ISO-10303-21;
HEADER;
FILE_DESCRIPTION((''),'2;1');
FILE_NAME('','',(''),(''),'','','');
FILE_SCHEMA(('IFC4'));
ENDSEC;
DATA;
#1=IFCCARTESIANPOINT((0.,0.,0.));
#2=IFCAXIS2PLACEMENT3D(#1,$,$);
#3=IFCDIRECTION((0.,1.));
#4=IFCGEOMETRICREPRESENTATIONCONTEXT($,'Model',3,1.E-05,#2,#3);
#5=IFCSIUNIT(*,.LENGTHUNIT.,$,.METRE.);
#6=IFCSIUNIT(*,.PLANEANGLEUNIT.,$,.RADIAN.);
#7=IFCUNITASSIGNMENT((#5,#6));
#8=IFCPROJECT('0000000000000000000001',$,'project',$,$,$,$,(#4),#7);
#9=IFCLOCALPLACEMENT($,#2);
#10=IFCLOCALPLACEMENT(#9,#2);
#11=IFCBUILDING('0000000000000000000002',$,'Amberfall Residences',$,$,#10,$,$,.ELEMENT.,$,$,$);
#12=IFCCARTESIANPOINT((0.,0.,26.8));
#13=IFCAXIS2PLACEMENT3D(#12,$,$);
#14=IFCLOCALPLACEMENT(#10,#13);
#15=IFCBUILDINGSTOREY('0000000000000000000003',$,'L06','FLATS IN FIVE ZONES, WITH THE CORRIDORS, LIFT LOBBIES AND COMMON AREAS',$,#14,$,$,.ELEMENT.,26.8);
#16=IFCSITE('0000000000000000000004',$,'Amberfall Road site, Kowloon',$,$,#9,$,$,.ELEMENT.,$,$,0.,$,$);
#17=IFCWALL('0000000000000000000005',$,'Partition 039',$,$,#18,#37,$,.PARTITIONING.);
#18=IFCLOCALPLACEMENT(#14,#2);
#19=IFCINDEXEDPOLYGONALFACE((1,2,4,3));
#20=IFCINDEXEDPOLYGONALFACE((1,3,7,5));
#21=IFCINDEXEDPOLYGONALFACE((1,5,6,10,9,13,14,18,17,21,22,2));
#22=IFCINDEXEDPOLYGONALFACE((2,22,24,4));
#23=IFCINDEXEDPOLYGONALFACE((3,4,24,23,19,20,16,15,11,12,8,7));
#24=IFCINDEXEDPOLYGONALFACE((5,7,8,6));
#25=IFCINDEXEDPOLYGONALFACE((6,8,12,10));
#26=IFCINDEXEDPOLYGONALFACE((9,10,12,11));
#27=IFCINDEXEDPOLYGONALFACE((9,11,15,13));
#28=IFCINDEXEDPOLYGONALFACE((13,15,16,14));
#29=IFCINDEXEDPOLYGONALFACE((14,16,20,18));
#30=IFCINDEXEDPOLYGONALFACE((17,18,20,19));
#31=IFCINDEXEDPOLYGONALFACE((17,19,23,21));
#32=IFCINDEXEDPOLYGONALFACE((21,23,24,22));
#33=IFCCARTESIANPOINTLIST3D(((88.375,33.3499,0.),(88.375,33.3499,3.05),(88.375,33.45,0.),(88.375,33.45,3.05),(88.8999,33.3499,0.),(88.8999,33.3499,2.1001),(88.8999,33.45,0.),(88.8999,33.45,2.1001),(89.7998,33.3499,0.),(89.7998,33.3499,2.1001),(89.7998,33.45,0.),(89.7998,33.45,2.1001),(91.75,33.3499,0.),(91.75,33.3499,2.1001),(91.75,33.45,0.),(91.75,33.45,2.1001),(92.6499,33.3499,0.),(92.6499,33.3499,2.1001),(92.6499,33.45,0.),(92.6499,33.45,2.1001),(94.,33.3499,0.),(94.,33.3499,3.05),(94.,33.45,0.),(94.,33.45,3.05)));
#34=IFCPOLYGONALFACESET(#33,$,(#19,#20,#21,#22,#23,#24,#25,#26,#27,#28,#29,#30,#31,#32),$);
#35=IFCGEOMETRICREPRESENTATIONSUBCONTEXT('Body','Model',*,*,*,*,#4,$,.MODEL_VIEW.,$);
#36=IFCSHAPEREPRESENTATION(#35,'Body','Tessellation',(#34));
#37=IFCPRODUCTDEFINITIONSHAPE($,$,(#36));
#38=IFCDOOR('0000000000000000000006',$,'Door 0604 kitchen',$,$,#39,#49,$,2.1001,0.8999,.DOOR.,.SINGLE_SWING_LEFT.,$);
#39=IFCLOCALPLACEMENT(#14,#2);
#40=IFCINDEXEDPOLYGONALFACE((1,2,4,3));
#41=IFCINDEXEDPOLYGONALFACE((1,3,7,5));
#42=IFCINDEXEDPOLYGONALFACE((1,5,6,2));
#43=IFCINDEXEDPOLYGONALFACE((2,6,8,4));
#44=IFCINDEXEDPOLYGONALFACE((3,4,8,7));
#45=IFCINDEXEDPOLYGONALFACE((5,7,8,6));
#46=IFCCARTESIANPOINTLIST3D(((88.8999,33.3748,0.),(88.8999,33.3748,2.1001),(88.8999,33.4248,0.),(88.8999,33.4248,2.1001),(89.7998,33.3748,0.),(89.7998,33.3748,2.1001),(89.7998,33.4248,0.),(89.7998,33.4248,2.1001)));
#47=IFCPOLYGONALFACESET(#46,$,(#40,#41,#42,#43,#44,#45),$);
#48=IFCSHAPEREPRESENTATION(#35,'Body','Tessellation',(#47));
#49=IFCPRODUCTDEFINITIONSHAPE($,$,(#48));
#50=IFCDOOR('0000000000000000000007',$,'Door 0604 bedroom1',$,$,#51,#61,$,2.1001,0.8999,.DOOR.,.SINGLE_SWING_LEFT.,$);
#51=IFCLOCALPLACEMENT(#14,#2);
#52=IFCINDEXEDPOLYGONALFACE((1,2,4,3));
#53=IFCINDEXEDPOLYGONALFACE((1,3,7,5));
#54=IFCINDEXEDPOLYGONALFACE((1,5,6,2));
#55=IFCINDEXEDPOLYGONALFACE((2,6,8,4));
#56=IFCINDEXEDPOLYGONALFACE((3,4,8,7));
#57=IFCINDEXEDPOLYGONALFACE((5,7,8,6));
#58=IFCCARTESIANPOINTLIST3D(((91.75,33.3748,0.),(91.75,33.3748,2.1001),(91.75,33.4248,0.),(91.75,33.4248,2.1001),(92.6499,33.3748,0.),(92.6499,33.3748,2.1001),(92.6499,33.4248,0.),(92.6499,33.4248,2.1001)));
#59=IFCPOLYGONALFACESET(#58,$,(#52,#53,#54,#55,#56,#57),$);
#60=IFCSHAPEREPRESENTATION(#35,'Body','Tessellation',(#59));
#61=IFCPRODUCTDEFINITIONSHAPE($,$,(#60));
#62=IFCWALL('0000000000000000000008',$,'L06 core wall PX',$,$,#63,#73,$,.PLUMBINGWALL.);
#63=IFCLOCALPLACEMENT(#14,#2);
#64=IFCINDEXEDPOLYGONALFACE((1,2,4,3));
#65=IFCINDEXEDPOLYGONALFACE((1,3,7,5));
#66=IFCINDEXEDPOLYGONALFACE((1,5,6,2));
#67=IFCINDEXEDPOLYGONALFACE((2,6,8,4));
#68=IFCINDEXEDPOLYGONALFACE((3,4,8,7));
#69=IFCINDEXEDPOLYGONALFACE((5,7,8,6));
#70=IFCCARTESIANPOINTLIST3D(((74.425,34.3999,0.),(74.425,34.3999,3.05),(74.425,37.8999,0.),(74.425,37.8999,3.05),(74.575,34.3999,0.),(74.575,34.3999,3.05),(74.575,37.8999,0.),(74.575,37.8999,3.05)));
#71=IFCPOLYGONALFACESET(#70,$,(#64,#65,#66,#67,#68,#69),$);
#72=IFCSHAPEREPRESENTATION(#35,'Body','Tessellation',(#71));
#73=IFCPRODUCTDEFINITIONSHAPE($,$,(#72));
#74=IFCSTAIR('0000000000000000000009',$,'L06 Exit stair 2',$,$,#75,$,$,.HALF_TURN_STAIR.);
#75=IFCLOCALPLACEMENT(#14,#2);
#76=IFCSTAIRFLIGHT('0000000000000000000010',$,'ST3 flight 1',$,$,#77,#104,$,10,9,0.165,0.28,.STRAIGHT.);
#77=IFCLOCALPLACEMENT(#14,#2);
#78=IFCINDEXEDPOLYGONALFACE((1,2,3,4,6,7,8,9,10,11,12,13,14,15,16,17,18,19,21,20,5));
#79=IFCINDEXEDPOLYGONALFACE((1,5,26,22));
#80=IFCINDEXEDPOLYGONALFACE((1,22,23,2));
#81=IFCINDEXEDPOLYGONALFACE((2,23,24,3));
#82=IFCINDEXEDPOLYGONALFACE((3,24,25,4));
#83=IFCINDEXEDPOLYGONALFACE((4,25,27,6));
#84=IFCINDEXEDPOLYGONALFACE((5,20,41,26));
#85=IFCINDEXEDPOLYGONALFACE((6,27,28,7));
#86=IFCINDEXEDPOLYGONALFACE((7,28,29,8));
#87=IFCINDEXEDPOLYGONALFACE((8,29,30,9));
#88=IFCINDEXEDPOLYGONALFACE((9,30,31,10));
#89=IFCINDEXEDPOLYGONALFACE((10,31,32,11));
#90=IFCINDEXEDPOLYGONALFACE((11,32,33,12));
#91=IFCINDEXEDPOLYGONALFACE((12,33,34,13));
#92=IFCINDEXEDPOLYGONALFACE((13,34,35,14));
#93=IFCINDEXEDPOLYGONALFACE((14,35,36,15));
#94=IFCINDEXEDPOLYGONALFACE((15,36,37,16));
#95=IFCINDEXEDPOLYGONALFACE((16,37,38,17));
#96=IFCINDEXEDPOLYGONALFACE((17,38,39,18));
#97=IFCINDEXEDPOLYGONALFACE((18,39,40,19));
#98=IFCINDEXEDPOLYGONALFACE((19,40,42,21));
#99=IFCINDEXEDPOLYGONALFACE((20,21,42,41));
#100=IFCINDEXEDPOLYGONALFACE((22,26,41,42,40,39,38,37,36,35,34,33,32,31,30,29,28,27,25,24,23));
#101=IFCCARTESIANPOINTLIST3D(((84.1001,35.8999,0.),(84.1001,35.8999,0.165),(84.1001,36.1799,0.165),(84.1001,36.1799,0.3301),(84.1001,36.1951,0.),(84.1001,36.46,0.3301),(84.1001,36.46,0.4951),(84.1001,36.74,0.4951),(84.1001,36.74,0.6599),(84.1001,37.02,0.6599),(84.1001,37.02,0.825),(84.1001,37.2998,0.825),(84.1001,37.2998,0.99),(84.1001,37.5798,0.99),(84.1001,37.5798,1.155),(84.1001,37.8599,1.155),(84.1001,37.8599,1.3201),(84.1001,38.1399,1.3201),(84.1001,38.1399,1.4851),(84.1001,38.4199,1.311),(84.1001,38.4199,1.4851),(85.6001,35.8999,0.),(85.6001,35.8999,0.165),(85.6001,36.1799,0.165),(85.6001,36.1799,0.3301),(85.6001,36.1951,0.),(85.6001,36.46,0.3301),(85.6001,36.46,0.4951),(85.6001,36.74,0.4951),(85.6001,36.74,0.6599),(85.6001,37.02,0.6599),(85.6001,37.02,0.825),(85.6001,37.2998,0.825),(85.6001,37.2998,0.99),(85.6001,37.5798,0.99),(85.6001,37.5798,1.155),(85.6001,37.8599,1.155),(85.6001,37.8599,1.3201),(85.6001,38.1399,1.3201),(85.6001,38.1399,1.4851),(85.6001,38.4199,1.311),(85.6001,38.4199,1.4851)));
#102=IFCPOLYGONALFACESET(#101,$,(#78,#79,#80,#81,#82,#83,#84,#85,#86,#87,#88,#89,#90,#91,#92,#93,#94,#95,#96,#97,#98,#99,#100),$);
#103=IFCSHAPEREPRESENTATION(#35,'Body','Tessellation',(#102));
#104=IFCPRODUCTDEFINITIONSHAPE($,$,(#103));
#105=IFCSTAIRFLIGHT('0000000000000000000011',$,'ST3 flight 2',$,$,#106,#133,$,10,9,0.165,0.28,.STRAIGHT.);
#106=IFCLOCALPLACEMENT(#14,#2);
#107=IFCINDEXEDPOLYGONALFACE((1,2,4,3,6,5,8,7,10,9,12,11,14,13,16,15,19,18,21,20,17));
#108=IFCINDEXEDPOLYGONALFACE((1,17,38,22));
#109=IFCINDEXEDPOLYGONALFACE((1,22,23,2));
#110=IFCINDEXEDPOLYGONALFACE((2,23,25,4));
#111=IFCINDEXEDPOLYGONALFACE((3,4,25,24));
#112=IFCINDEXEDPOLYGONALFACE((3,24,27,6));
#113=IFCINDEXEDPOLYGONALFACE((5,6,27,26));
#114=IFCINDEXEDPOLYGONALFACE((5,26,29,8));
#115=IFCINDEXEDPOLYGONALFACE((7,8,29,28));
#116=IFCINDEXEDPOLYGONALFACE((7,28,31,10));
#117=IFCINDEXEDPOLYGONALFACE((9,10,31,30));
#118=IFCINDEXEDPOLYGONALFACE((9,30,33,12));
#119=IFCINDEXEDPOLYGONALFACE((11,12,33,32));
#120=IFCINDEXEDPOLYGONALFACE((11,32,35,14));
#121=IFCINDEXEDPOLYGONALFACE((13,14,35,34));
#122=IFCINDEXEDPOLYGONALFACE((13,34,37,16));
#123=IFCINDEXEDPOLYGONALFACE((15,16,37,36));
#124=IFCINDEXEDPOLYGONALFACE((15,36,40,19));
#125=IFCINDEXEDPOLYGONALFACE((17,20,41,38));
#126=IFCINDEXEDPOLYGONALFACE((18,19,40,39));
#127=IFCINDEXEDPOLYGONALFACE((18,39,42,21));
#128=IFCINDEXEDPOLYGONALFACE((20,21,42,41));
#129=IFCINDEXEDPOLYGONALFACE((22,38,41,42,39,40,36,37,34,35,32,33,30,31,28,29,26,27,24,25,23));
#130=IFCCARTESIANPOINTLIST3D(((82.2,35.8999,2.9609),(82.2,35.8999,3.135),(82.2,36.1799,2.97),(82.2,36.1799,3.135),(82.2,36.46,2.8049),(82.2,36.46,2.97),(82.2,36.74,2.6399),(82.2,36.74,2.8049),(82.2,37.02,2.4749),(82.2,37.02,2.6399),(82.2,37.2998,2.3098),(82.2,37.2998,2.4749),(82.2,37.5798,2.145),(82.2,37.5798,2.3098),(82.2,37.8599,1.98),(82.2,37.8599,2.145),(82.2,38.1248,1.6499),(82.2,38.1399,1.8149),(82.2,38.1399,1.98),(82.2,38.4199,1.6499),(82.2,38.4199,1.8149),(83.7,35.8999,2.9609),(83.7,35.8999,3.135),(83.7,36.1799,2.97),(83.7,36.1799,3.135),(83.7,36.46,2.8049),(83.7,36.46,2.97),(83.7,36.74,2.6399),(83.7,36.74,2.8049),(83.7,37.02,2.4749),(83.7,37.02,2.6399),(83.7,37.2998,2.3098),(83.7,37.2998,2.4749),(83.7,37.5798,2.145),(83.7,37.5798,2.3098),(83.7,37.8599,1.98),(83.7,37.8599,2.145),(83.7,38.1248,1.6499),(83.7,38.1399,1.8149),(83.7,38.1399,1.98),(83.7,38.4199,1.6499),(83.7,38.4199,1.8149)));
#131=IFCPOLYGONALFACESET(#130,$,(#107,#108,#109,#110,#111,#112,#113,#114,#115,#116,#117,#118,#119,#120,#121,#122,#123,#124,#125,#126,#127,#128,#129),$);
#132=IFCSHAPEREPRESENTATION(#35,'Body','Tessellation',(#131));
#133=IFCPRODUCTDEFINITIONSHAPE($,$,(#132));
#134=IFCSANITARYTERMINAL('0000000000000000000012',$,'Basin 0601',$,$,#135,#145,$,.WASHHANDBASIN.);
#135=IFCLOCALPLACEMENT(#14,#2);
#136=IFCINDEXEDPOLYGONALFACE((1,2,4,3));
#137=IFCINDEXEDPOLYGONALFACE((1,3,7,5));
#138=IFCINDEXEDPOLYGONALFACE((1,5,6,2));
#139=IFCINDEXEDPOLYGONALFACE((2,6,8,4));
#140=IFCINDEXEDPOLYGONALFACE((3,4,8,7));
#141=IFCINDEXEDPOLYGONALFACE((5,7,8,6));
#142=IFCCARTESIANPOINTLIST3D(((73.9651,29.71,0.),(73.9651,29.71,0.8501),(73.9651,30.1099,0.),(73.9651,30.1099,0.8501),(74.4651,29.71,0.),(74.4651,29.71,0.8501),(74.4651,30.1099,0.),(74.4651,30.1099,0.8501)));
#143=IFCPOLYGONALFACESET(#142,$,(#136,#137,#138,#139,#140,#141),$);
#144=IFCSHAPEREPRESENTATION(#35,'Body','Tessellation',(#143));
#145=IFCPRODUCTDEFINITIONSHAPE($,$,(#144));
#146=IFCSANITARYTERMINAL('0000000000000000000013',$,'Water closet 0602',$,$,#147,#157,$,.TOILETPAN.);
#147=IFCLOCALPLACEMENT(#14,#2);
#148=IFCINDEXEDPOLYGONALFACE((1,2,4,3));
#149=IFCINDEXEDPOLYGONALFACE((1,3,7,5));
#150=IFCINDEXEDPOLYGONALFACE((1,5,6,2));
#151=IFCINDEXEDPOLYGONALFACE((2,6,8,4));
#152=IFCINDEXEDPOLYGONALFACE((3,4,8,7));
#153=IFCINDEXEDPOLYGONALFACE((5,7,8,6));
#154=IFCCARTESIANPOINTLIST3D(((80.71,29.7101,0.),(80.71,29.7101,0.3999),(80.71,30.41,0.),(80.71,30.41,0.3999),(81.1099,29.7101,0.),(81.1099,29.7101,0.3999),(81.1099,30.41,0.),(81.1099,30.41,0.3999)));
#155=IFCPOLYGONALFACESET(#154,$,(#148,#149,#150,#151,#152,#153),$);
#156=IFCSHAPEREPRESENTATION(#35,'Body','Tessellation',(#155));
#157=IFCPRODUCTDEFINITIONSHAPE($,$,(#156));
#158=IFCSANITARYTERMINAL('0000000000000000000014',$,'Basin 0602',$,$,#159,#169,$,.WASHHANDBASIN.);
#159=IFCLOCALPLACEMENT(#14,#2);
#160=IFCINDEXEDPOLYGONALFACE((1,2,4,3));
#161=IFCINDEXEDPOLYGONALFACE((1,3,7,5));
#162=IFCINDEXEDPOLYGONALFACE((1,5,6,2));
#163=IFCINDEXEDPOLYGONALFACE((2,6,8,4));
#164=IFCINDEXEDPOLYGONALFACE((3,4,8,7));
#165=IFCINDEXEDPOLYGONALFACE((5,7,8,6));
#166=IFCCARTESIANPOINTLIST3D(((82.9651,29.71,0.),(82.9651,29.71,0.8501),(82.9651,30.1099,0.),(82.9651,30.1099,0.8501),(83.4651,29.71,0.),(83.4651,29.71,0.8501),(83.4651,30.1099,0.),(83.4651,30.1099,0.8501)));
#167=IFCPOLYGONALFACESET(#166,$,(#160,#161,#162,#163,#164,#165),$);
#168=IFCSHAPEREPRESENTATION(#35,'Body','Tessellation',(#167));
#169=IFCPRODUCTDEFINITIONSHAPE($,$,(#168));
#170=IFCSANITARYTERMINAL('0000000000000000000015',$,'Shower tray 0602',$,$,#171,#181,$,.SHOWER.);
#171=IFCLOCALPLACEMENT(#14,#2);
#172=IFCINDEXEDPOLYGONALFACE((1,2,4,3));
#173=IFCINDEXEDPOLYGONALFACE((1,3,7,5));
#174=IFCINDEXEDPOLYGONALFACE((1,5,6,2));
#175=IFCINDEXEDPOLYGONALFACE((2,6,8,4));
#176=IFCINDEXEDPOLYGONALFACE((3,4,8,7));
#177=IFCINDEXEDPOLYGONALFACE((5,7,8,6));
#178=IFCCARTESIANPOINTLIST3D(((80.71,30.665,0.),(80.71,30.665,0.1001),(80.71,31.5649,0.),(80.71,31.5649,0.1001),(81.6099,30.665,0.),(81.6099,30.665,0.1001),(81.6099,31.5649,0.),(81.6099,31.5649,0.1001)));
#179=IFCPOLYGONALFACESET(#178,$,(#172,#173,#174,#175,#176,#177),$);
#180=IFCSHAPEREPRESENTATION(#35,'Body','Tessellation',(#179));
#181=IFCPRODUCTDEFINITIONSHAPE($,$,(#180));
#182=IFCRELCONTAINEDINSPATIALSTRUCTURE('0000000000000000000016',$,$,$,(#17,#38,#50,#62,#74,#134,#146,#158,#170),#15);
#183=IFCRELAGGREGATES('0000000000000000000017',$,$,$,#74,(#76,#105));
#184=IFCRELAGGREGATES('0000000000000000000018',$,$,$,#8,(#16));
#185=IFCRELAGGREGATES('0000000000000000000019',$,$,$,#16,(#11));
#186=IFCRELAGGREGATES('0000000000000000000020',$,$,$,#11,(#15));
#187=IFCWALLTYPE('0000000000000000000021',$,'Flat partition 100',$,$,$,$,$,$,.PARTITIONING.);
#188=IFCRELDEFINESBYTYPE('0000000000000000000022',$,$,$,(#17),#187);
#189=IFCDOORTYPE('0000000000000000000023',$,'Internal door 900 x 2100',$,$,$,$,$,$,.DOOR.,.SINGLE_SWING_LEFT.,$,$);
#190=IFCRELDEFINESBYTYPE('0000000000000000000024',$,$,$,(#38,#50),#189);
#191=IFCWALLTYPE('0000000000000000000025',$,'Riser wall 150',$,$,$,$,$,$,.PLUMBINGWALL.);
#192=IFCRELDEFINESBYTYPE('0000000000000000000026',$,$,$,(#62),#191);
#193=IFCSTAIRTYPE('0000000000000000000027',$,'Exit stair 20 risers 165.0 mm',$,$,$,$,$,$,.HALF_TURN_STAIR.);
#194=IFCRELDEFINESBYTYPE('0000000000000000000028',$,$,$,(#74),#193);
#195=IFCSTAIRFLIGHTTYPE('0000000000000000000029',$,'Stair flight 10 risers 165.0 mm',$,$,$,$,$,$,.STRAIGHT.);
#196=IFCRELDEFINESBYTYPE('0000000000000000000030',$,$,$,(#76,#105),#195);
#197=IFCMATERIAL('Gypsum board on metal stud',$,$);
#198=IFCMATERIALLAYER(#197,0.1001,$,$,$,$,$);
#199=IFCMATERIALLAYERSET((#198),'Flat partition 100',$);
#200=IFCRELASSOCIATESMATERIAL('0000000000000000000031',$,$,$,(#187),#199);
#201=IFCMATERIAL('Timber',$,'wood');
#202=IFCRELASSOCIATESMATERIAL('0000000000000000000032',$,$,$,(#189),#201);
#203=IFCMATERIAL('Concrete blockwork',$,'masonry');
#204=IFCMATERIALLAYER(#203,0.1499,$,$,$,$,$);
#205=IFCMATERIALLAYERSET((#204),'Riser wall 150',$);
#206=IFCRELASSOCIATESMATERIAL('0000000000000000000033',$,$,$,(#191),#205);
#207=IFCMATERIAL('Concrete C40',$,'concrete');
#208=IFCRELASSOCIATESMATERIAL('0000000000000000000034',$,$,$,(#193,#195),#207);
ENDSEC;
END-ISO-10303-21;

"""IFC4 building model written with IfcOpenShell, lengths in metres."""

from ifc_helpers import new_model, si_unit, direction, frame, frame_2d, origin, origin_2d, place, context, subcontext, project, spatial, polyline, rectangle, outline, extrude, material, layer, layer_set, type_object, element, fill, aggregate, save


model = new_model("IFC4")

# Units and contexts
model_context = context("Model", 3, precision=1e-05, world=origin(), true_north=direction((0.0, 1.0)))
body_context = subcontext(model_context, "Body", "Model", "MODEL_VIEW")
ifc_project = project(units=[si_unit("LENGTHUNIT", "METRE"), si_unit("PLANEANGLEUNIT", "RADIAN")], contexts=[model_context])

# Site, building, storey
site_placement = place(None, origin())
site = spatial("IfcSite", under=ifc_project, at=site_placement, Name="Amberfall Road site, Kowloon", CompositionType="ELEMENT", RefElevation=0.0)
building_placement = place(site_placement, origin())
building = spatial("IfcBuilding", under=site, at=building_placement, Name="Amberfall Residences", CompositionType="ELEMENT")
storey_placement = place(building_placement, frame((0.0, 0.0, 26.8)))
storey = spatial("IfcBuildingStorey", under=building, at=storey_placement, Name="L06", Description="FLATS IN FIVE ZONES, WITH THE CORRIDORS, LIFT LOBBIES AND COMMON AREAS", CompositionType="ELEMENT", Elevation=26.8)

# Wall, openings, doors
ifc_material_1 = material(Name="Gypsum board on metal stud")
ifc_layer_1 = layer(ifc_material_1, 0.1001)
ifc_layer_set_1 = layer_set([ifc_layer_1], Name="Flat partition 100")
wall_type_1 = type_object("IfcWallType", Name="Flat partition 100", PredefinedType="PARTITIONING", material=ifc_layer_set_1)
ifc_material_2 = material(Name="Timber", Category="wood")
door_type_1 = type_object("IfcDoorType", Name="Internal door 900 x 2100", OperationType="SINGLE_SWING_LEFT", PredefinedType="DOOR", material=ifc_material_2)
wall_1_placement = place(storey_placement, frame((88.375, 33.3999, 0.0), z_axis=(0.0, 0.0, 1.0), x_axis=(1.0, 0.0, 0.0)))
wall_1 = element("IfcWall", 1, at=wall_1_placement, inside=storey, type_object=wall_type_1, Name="Partition 039", PredefinedType="PARTITIONING", context=body_context, shape_type="SweptSolid", body=[
    extrude(rectangle(XDim=5.625, YDim=0.1001, at=frame_2d((2.8125, 0.0))), origin(), (0.0, 0.0, 1.0), 3.05),
])
opening_1_placement = place(wall_1_placement, frame((0.5249, 0.0, 0.0)))
opening_1 = element("IfcOpeningElement", 2, at=opening_1_placement, cuts=wall_1, PredefinedType="OPENING", context=body_context, shape_type="SweptSolid", body=[
    extrude(rectangle(XDim=0.8999, YDim=2.1001, at=frame_2d((0.45, 1.05))), frame((0.0, 0.0601, 0.0), z_axis=(0.0, -1.0, 0.0), x_axis=(1.0, 0.0, 0.0)), (0.0, 0.0, 1.0), 0.1201),
])
opening_2_placement = place(wall_1_placement, frame((3.375, 0.0, 0.0)))
opening_2 = element("IfcOpeningElement", 3, at=opening_2_placement, cuts=wall_1, PredefinedType="OPENING", context=body_context, shape_type="SweptSolid", body=[
    extrude(rectangle(XDim=0.8999, YDim=2.1001, at=frame_2d((0.45, 1.05))), frame((0.0, 0.0601, 0.0), z_axis=(0.0, -1.0, 0.0), x_axis=(1.0, 0.0, 0.0)), (0.0, 0.0, 1.0), 0.1201),
])
door_1_placement = place(opening_1_placement, origin())
door_1 = element("IfcDoor", 4, at=door_1_placement, inside=storey, type_object=door_type_1, Name="Door 0604 kitchen", OperationType="SINGLE_SWING_LEFT", OverallHeight=2.1001, OverallWidth=0.8999, PredefinedType="DOOR", context=body_context, shape_type="SweptSolid", body=[
    extrude(rectangle(XDim=0.8999, YDim=2.1001, at=frame_2d((0.45, 1.05))), frame((0.0, 0.0249, 0.0), z_axis=(0.0, -1.0, 0.0), x_axis=(1.0, 0.0, 0.0)), (0.0, 0.0, 1.0), 0.05),
])
fill(opening_1, door_1)
door_2_placement = place(opening_2_placement, origin())
door_2 = element("IfcDoor", 5, at=door_2_placement, inside=storey, type_object=door_type_1, Name="Door 0604 bedroom1", OperationType="SINGLE_SWING_LEFT", OverallHeight=2.1001, OverallWidth=0.8999, PredefinedType="DOOR", context=body_context, shape_type="SweptSolid", body=[
    extrude(rectangle(XDim=0.8999, YDim=2.1001, at=frame_2d((0.45, 1.05))), frame((0.0, 0.0249, 0.0), z_axis=(0.0, -1.0, 0.0), x_axis=(1.0, 0.0, 0.0)), (0.0, 0.0, 1.0), 0.05),
])
fill(opening_2, door_2)

# Wall
ifc_material_3 = material(Name="Concrete blockwork", Category="masonry")
ifc_layer_2 = layer(ifc_material_3, 0.1499)
ifc_layer_set_2 = layer_set([ifc_layer_2], Name="Riser wall 150")
wall_type_2 = type_object("IfcWallType", Name="Riser wall 150", PredefinedType="PLUMBINGWALL", material=ifc_layer_set_2)
wall_2_placement = place(storey_placement, frame((74.5, 34.3999, 0.0), z_axis=(0.0, 0.0, 1.0), x_axis=(0.0, 1.0, 0.0)))
element("IfcWall", 6, at=wall_2_placement, inside=storey, type_object=wall_type_2, Name="L06 core wall PX", PredefinedType="PLUMBINGWALL", context=body_context, shape_type="SweptSolid", body=[
    extrude(rectangle(XDim=3.5, YDim=0.1499, at=frame_2d((1.75, 0.0))), origin(), (0.0, 0.0, 1.0), 3.05),
])

# Stair, stair flights
ifc_material_4 = material(Name="Concrete C40", Category="concrete")
stair_type = type_object("IfcStairType", Name="Exit stair 20 risers 165.0 mm", PredefinedType="HALF_TURN_STAIR", material=ifc_material_4)
stair_placement = place(storey_placement, origin())
stair = element("IfcStair", 7, at=stair_placement, inside=storey, type_object=stair_type, Name="L06 Exit stair 2", PredefinedType="HALF_TURN_STAIR")
stair_flight_type = type_object("IfcStairFlightType", Name="Stair flight 10 risers 165.0 mm", PredefinedType="STRAIGHT", material=ifc_material_4)
stair_flight_1_placement = place(storey_placement, frame((84.8501, 35.8999, 0.0), z_axis=(0.0, 0.0, 1.0), x_axis=(0.0, 1.0, 0.0)))
stair_flight_1 = element("IfcStairFlight", 8, at=stair_flight_1_placement, type_object=stair_flight_type, Name="ST3 flight 1", NumberOfRisers=10, NumberOfTreads=9, PredefinedType="STRAIGHT", RiserHeight=0.165, TreadLength=0.28, context=body_context, shape_type="SweptSolid", body=[
    extrude(outline(polyline([(0.0, 0.0), (0.0, 0.165), (0.28, 0.165), (0.28, 0.3301), (0.5601, 0.3301), (0.5601, 0.4951), (0.8401, 0.4951), (0.8401, 0.6599), (1.1201, 0.6599), (1.1201, 0.825), (1.3999, 0.825), (1.3999, 0.99), (1.6799, 0.99), (1.6799, 1.155), (1.96, 1.155), (1.96, 1.3201), (2.24, 1.3201), (2.24, 1.4851), (2.52, 1.4851), (2.52, 1.6499), (2.52, 1.311), (0.2952, 0.0), (0.0, 0.0)])), frame((0.0, 0.75, 0.0), z_axis=(0.0, -1.0, 0.0), x_axis=(1.0, 0.0, 0.0)), (0.0, 0.0, 1.0), 1.5),
])
stair_flight_2_placement = place(storey_placement, frame((82.95, 38.4199, 1.6499), z_axis=(0.0, 0.0, 1.0), x_axis=(0.0, -1.0, 0.0)))
stair_flight_2 = element("IfcStairFlight", 9, at=stair_flight_2_placement, type_object=stair_flight_type, Name="ST3 flight 2", NumberOfRisers=10, NumberOfTreads=9, PredefinedType="STRAIGHT", RiserHeight=0.165, TreadLength=0.28, context=body_context, shape_type="SweptSolid", body=[
    extrude(outline(polyline([(0.0, 0.0), (0.0, 0.165), (0.28, 0.165), (0.28, 0.3301), (0.5601, 0.3301), (0.5601, 0.4951), (0.8401, 0.4951), (0.8401, 0.6599), (1.1201, 0.6599), (1.1201, 0.825), (1.3999, 0.825), (1.3999, 0.99), (1.6799, 0.99), (1.6799, 1.155), (1.96, 1.155), (1.96, 1.3201), (2.24, 1.3201), (2.24, 1.4851), (2.52, 1.4851), (2.52, 1.6499), (2.52, 1.311), (0.2952, 0.0), (0.0, 0.0)])), frame((0.0, 0.75, 0.0), z_axis=(0.0, -1.0, 0.0), x_axis=(1.0, 0.0, 0.0)), (0.0, 0.0, 1.0), 1.5),
])
aggregate(stair, [stair_flight_1, stair_flight_2])

# Sanitary terminals
sanitary_terminal_1_placement = place(storey_placement, frame((74.2151, 29.9099, 0.0), z_axis=(0.0, 0.0, 1.0), x_axis=(1.0, 0.0, 0.0)))
element("IfcSanitaryTerminal", 10, at=sanitary_terminal_1_placement, inside=storey, Name="Basin 0601", PredefinedType="WASHHANDBASIN", context=body_context, shape_type="SweptSolid", body=[
    extrude(rectangle(XDim=0.5, YDim=0.3999, at=origin_2d()), origin(), (0.0, 0.0, 1.0), 0.8501),
])
sanitary_terminal_2_placement = place(storey_placement, frame((80.9099, 30.0601, 0.0), z_axis=(0.0, 0.0, 1.0), x_axis=(1.0, 0.0, 0.0)))
element("IfcSanitaryTerminal", 11, at=sanitary_terminal_2_placement, inside=storey, Name="Water closet 0602", PredefinedType="TOILETPAN", context=body_context, shape_type="SweptSolid", body=[
    extrude(rectangle(XDim=0.3999, YDim=0.7, at=origin_2d()), origin(), (0.0, 0.0, 1.0), 0.3999),
])
sanitary_terminal_3_placement = place(storey_placement, frame((83.2151, 29.9099, 0.0), z_axis=(0.0, 0.0, 1.0), x_axis=(1.0, 0.0, 0.0)))
element("IfcSanitaryTerminal", 12, at=sanitary_terminal_3_placement, inside=storey, Name="Basin 0602", PredefinedType="WASHHANDBASIN", context=body_context, shape_type="SweptSolid", body=[
    extrude(rectangle(XDim=0.5, YDim=0.3999, at=origin_2d()), origin(), (0.0, 0.0, 1.0), 0.8501),
])
sanitary_terminal_4_placement = place(storey_placement, frame((81.1599, 31.115, 0.0), z_axis=(0.0, 0.0, 1.0), x_axis=(1.0, 0.0, 0.0)))
element("IfcSanitaryTerminal", 13, at=sanitary_terminal_4_placement, inside=storey, Name="Shower tray 0602", PredefinedType="SHOWER", context=body_context, shape_type="SweptSolid", body=[
    extrude(rectangle(XDim=0.8999, YDim=0.8999, at=origin_2d()), origin(), (0.0, 0.0, 1.0), 0.1001),
])

save(model, "model.ifc")
